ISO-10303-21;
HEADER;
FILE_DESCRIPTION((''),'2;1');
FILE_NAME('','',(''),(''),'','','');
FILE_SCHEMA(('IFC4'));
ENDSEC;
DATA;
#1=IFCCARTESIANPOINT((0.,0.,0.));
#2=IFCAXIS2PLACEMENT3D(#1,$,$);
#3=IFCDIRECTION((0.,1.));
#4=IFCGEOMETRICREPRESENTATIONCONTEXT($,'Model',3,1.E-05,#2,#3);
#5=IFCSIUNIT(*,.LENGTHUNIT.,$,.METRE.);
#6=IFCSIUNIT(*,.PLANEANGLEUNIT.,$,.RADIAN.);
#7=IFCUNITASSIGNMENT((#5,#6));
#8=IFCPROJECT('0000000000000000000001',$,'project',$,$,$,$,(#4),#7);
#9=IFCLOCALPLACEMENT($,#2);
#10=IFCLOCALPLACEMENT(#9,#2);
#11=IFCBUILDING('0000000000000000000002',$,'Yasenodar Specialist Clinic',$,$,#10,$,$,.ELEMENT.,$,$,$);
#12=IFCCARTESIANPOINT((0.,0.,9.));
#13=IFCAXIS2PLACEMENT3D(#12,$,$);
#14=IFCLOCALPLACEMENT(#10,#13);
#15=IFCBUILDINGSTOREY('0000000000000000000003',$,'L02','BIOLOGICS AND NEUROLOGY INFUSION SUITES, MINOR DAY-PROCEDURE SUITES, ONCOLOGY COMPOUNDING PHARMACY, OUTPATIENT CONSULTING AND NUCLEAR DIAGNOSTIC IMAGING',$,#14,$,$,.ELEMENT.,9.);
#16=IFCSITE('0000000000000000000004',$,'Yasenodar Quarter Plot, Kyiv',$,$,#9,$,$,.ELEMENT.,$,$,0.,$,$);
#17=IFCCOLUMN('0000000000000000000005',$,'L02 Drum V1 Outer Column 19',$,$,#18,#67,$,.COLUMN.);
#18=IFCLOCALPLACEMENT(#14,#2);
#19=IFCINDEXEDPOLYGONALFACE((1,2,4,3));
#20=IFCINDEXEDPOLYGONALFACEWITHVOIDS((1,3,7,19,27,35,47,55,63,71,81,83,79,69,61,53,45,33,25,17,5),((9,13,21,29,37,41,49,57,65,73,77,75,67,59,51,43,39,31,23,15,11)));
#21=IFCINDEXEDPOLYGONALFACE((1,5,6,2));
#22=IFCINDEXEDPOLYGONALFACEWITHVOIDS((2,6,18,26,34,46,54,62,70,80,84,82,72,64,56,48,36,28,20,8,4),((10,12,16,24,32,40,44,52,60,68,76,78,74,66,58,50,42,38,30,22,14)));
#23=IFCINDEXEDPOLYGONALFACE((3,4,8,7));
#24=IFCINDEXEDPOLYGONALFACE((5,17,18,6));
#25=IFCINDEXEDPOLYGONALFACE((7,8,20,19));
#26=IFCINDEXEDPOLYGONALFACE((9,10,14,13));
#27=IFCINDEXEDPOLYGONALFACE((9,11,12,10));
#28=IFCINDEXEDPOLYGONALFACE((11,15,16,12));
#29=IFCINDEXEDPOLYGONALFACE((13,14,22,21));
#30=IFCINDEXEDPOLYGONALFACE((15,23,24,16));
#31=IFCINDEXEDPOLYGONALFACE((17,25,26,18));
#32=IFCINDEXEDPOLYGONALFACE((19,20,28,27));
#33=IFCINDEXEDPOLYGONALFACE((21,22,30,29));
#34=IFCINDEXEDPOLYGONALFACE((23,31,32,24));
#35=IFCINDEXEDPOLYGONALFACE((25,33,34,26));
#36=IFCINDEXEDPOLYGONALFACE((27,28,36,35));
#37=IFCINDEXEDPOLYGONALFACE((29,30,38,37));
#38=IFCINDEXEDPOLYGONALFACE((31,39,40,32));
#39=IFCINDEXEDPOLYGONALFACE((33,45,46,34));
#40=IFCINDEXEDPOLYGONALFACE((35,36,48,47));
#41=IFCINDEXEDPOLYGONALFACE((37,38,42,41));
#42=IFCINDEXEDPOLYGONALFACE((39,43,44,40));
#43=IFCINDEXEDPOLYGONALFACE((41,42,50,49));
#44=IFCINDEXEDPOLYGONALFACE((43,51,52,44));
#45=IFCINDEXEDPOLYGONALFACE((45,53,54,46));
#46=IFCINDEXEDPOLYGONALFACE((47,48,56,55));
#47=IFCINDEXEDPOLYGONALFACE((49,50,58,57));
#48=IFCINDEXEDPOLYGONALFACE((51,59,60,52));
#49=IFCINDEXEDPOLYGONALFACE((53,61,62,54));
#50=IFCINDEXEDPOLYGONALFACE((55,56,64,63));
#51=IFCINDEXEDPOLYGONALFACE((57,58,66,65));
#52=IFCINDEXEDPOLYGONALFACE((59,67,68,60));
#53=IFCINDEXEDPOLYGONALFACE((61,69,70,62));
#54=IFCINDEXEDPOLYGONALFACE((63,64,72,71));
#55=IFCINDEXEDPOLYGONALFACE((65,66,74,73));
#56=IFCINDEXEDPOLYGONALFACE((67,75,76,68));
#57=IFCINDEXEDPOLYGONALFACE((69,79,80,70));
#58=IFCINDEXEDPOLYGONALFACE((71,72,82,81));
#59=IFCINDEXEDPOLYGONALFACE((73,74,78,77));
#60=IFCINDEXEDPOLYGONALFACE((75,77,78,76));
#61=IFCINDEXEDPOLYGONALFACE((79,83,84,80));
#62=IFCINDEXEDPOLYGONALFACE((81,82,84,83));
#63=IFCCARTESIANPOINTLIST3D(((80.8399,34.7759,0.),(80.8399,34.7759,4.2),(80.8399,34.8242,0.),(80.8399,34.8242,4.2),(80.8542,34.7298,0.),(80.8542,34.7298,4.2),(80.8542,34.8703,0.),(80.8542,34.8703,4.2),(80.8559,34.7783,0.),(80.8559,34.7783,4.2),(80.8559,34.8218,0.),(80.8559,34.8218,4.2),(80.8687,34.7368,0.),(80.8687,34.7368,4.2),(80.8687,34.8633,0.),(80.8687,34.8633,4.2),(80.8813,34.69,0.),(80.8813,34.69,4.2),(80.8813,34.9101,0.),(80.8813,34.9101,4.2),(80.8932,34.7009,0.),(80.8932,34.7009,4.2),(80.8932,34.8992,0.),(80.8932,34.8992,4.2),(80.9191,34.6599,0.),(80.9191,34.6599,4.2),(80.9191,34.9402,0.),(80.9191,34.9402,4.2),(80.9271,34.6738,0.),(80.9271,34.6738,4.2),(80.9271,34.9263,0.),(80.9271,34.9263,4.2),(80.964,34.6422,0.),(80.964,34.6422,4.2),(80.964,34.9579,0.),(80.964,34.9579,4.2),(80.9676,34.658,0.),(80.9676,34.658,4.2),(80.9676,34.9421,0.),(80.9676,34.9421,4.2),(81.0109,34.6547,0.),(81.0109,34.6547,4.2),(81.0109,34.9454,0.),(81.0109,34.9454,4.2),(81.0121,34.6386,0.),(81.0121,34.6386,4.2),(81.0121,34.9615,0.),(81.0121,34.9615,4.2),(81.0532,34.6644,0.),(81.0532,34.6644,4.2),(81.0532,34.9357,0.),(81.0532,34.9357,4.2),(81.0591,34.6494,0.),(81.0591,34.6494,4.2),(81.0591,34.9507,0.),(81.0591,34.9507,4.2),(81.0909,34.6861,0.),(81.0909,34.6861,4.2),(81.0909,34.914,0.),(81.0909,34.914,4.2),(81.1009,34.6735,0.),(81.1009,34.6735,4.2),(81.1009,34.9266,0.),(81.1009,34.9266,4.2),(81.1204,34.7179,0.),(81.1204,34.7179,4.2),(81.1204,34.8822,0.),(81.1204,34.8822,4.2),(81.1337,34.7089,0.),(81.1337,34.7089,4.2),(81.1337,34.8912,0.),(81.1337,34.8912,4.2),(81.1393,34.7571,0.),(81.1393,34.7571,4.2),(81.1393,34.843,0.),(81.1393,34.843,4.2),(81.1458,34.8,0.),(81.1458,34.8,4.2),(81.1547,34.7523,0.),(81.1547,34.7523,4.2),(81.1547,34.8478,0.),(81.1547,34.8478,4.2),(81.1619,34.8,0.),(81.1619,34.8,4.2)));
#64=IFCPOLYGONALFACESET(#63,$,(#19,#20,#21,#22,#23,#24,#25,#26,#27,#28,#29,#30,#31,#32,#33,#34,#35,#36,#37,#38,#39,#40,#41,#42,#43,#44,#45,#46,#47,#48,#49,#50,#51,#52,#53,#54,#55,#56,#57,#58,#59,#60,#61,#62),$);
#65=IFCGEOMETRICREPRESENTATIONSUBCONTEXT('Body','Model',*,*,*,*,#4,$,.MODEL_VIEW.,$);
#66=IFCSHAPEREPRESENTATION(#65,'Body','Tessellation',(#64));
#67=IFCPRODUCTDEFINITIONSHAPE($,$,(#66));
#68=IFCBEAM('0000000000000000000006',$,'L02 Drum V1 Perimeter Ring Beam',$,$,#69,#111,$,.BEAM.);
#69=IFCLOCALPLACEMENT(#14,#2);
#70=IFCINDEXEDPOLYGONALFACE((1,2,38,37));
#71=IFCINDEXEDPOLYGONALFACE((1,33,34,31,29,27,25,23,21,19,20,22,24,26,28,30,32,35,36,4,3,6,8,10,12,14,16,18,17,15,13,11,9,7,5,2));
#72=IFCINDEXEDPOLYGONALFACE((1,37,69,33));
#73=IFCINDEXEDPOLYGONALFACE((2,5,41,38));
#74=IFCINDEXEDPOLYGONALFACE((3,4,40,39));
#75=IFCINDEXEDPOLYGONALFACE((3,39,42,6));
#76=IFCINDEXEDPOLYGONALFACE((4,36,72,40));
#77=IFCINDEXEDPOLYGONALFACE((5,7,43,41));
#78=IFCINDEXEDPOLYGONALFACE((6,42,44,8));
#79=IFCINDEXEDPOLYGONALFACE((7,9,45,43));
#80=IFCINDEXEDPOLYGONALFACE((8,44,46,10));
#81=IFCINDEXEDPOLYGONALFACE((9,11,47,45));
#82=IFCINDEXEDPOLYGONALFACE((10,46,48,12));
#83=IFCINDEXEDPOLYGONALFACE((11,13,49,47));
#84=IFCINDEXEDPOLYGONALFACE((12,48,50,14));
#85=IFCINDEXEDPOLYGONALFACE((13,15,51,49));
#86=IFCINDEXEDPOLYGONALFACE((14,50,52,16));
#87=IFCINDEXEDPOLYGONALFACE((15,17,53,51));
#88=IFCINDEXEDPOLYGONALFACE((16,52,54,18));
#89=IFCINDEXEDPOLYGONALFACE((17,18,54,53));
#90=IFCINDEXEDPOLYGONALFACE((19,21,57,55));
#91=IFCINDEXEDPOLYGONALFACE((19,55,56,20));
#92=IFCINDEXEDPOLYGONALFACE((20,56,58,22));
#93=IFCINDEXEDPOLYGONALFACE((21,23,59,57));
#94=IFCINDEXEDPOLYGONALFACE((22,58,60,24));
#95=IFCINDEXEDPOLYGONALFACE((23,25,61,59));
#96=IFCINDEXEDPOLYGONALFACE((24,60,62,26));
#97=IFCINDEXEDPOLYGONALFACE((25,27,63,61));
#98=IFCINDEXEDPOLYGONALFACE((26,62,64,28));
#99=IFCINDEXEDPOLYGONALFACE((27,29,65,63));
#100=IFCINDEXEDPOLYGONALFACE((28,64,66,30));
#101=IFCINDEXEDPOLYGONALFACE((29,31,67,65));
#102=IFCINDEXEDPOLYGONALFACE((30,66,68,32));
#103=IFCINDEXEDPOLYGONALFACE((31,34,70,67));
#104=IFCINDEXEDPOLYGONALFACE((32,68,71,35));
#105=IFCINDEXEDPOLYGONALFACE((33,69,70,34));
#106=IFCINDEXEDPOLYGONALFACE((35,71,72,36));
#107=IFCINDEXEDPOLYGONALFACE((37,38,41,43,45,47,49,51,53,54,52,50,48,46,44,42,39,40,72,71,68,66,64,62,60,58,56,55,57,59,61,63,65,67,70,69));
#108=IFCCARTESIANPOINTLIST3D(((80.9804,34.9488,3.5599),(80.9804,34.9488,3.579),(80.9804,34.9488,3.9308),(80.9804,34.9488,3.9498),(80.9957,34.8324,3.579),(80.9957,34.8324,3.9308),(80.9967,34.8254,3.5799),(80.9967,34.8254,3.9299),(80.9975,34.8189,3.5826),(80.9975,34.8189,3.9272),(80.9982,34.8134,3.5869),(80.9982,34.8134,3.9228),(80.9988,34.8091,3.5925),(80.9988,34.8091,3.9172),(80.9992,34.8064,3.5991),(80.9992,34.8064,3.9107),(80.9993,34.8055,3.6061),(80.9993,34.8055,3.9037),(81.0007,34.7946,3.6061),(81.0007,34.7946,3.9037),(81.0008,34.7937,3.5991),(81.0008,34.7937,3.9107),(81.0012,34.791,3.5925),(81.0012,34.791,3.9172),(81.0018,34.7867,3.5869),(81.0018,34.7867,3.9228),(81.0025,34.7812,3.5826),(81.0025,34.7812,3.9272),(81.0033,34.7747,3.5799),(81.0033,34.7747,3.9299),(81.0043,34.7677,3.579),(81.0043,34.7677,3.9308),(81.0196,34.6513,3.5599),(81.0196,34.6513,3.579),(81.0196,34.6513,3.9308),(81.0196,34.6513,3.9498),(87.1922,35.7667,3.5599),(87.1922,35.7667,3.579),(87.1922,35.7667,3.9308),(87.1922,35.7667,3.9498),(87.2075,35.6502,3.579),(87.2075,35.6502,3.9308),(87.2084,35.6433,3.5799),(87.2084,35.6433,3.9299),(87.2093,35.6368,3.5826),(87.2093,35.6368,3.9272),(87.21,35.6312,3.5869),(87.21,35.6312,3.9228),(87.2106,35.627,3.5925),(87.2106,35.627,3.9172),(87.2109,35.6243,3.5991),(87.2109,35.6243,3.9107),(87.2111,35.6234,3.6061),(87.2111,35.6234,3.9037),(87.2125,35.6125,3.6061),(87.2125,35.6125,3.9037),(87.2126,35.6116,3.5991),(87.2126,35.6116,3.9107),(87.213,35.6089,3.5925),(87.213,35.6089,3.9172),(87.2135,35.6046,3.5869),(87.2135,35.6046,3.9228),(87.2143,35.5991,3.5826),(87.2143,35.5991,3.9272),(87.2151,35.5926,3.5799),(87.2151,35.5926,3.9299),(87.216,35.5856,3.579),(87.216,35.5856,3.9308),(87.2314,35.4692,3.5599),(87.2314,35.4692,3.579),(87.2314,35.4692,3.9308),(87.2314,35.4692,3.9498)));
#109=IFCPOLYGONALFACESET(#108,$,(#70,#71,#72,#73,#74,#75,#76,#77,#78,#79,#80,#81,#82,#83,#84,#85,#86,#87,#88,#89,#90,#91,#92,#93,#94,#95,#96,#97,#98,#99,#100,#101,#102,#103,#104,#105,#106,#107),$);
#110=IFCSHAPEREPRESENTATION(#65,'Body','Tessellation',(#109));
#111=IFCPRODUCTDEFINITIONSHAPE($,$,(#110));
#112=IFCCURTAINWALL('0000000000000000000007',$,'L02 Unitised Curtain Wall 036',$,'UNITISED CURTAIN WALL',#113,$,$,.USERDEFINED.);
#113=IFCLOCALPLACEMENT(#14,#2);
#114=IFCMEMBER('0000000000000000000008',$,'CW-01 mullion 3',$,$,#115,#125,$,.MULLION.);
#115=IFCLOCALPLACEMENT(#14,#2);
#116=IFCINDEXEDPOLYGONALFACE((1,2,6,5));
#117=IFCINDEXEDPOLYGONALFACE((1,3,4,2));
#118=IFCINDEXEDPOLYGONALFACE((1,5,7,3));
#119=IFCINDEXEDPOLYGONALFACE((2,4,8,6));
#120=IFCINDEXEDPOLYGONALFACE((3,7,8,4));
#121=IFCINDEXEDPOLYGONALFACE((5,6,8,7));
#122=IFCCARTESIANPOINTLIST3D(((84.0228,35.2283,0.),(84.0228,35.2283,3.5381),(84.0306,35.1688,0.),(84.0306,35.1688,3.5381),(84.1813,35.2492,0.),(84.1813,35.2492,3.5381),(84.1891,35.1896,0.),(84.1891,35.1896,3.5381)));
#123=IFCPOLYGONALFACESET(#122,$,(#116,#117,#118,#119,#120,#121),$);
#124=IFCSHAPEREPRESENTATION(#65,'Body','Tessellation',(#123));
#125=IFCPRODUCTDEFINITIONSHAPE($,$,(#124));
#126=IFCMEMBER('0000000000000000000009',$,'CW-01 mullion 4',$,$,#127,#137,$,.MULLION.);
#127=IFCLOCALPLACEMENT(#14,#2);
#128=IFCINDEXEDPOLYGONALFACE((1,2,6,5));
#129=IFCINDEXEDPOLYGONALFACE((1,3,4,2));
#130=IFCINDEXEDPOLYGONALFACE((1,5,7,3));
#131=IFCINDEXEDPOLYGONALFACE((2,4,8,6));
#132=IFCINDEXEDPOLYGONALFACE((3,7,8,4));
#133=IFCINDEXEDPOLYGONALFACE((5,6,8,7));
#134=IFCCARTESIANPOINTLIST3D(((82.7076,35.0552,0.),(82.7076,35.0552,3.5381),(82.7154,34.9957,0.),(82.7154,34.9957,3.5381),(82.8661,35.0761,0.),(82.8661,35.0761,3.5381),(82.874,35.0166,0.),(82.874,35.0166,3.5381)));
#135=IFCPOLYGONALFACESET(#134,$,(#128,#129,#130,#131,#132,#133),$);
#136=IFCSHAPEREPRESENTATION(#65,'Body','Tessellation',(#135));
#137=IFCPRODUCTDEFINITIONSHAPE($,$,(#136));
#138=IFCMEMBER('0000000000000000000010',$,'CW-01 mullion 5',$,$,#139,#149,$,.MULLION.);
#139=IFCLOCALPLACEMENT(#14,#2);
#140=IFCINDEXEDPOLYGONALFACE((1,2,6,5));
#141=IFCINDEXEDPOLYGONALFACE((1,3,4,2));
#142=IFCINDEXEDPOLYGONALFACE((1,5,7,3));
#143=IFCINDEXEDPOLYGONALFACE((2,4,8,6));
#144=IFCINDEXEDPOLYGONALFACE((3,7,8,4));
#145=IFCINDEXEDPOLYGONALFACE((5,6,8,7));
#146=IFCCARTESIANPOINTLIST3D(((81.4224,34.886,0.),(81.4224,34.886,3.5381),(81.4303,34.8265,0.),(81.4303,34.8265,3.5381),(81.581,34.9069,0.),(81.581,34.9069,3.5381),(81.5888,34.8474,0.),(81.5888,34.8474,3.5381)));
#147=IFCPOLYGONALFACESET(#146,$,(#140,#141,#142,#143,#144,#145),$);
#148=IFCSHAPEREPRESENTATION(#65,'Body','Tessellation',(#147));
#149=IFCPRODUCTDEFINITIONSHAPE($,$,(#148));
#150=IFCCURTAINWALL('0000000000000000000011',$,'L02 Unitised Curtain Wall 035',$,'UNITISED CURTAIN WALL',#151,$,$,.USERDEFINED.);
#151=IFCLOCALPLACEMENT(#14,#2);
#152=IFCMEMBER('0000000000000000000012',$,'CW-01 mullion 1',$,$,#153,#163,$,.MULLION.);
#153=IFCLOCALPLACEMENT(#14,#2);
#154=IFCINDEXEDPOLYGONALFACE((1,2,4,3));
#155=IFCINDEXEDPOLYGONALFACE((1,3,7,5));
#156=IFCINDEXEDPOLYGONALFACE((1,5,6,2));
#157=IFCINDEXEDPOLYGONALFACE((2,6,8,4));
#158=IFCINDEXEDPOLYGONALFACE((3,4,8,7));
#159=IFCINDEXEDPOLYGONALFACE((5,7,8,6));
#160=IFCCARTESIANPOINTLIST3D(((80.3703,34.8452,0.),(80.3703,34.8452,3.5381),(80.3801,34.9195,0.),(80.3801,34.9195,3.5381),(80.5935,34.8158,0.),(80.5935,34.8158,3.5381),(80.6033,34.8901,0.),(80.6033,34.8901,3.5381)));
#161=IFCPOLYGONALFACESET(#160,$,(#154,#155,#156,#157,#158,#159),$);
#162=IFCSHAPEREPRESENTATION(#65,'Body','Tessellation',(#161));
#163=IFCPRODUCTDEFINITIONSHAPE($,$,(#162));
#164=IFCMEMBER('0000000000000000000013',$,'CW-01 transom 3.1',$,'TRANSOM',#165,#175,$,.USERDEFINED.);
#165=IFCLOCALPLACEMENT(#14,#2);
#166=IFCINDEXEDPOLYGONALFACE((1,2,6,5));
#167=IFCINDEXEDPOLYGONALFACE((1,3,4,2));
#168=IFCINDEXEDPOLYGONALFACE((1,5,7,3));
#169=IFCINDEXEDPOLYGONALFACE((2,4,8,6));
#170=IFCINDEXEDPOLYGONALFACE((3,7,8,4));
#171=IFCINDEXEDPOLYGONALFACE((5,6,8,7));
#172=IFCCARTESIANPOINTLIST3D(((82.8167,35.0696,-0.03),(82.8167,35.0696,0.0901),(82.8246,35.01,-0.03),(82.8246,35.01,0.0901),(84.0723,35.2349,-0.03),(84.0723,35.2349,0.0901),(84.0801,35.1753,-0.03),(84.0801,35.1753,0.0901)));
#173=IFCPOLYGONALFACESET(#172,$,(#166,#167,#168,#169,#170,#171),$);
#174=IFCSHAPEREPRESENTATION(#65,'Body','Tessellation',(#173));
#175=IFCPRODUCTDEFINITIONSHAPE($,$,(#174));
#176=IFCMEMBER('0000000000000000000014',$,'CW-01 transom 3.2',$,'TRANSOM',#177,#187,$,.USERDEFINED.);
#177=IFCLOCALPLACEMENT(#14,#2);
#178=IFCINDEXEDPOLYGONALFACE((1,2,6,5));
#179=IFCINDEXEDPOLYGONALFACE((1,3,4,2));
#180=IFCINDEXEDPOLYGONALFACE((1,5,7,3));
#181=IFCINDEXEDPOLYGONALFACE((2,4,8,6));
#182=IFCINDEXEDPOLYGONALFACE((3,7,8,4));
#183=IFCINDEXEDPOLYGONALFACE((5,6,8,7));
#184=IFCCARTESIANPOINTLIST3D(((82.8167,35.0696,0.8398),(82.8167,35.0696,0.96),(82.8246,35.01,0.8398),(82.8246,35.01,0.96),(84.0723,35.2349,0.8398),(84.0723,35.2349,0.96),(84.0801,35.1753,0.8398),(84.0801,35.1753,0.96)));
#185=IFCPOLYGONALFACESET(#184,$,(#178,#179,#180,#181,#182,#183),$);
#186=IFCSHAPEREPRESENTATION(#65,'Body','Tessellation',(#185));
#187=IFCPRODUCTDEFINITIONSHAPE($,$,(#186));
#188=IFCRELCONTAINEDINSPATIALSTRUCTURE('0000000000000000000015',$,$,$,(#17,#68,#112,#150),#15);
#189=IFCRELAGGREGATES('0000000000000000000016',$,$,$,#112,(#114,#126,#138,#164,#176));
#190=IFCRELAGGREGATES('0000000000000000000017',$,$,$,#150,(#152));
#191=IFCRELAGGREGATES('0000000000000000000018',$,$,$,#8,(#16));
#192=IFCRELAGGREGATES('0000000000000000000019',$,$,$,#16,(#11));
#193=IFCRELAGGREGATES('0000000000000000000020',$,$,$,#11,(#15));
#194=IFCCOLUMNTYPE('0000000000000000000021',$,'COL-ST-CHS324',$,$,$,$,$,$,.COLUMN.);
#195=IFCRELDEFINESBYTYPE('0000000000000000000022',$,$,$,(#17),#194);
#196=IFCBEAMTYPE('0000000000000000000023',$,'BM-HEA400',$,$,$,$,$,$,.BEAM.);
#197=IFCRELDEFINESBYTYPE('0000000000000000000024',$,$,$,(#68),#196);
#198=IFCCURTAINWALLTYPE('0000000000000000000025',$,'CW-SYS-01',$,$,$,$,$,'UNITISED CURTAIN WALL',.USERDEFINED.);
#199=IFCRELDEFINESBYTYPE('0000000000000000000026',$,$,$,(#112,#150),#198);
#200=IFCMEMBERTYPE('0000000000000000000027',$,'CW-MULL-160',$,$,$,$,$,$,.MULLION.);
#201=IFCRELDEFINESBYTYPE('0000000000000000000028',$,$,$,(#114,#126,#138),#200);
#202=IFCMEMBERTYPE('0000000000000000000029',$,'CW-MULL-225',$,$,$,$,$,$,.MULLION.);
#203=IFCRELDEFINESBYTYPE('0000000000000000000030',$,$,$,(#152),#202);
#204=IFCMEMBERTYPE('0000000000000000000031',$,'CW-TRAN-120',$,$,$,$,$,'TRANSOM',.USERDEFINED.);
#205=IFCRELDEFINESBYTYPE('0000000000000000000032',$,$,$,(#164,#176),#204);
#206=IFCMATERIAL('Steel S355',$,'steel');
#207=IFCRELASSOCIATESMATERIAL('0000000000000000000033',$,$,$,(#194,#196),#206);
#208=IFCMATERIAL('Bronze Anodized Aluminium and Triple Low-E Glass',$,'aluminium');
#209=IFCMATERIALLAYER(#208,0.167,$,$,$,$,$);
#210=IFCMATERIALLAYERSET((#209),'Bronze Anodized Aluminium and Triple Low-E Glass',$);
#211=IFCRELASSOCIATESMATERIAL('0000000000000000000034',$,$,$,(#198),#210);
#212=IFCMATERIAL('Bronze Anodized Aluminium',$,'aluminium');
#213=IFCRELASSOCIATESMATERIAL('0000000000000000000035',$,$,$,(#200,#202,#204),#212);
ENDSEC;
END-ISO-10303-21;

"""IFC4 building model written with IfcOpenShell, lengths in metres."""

from ifc_helpers import new_model, si_unit, direction, frame, origin, origin_2d, place, context, subcontext, project, spatial, rectangle, hollow_circle, i_section, extrude, material, layer, layer_set, material_profile, profile_set, type_object, element, aggregate, save


model = new_model("IFC4")

# Units and contexts
model_context = context("Model", 3, precision=1e-05, world=origin(), true_north=direction((0.0, 1.0)))
body_context = subcontext(model_context, "Body", "Model", "MODEL_VIEW")
ifc_project = project(units=[si_unit("LENGTHUNIT", "METRE"), si_unit("PLANEANGLEUNIT", "RADIAN")], contexts=[model_context])

# Site, building, storey
site_placement = place(None, origin())
site = spatial("IfcSite", under=ifc_project, at=site_placement, Name="Yasenodar Quarter Plot, Kyiv", CompositionType="ELEMENT", RefElevation=0.0)
building_placement = place(site_placement, origin())
building = spatial("IfcBuilding", under=site, at=building_placement, Name="Yasenodar Specialist Clinic", CompositionType="ELEMENT")
storey_placement = place(building_placement, frame((0.0, 0.0, 9.0)))
storey = spatial("IfcBuildingStorey", under=building, at=storey_placement, Name="L02", Description="BIOLOGICS AND NEUROLOGY INFUSION SUITES, MINOR DAY-PROCEDURE SUITES, ONCOLOGY COMPOUNDING PHARMACY, OUTPATIENT CONSULTING AND NUCLEAR DIAGNOSTIC IMAGING", CompositionType="ELEMENT", Elevation=9.0)

# Column
ifc_material_1 = material(Name="Steel S355", Category="steel")
ifc_material_profile_1 = material_profile(ifc_material_1, hollow_circle(Radius=0.1619, WallThickness=0.0161, at=origin_2d()), Name="CHS 323.9x16")
ifc_profile_set_1 = profile_set([ifc_material_profile_1], Name="Steel S355")
column_type = type_object("IfcColumnType", Name="COL-ST-CHS324", PredefinedType="COLUMN", material=ifc_profile_set_1)
column_placement = place(storey_placement, frame((81.0, 34.8, 0.0), z_axis=(0.0, 0.0, 1.0), x_axis=(1.0, 0.0, 0.0)))
element("IfcColumn", 1, at=column_placement, inside=storey, type_object=column_type, Name="L02 Drum V1 Outer Column 19", PredefinedType="COLUMN", context=body_context, shape_type="SweptSolid", body=[
    extrude(hollow_circle(Radius=0.1619, WallThickness=0.0161, at=origin_2d()), origin(), (0.0, 0.0, 1.0), 4.2),
])

# Beam
ifc_material_profile_2 = material_profile(ifc_material_1, i_section(OverallWidth=0.3, OverallDepth=0.3899, WebThickness=0.011, FlangeThickness=0.019, FilletRadius=0.0271, at=origin_2d()), Name="HEA 400")
ifc_profile_set_2 = profile_set([ifc_material_profile_2], Name="Steel S355")
beam_type = type_object("IfcBeamType", Name="BM-HEA400", PredefinedType="BEAM", material=ifc_profile_set_2)
beam_placement = place(storey_placement, frame((81.0, 34.8, 3.7549), z_axis=(0.991443, 0.13054, 0.0), x_axis=(-0.13054, 0.991443, 0.0)))
element("IfcBeam", 2, at=beam_placement, inside=storey, type_object=beam_type, Name="L02 Drum V1 Perimeter Ring Beam", PredefinedType="BEAM", context=body_context, shape_type="SweptSolid", body=[
    extrude(i_section(OverallWidth=0.3, OverallDepth=0.3899, WebThickness=0.011, FlangeThickness=0.019, FilletRadius=0.0271, at=origin_2d()), origin(), (0.0, 0.0, 1.0), 6.2654),
])

# Curtain wall, members
ifc_material_2 = material(Name="Bronze Anodized Aluminium and Triple Low-E Glass", Category="aluminium")
ifc_layer_1 = layer(ifc_material_2, 0.167)
ifc_layer_set_1 = layer_set([ifc_layer_1], Name="Bronze Anodized Aluminium and Triple Low-E Glass")
curtain_wall_type = type_object("IfcCurtainWallType", Name="CW-SYS-01", ElementType="UNITISED CURTAIN WALL", PredefinedType="USERDEFINED", material=ifc_layer_set_1)
curtain_wall_1_placement = place(storey_placement, origin())
curtain_wall_1 = element("IfcCurtainWall", 3, at=curtain_wall_1_placement, inside=storey, type_object=curtain_wall_type, Name="L02 Unitised Curtain Wall 036", ObjectType="UNITISED CURTAIN WALL", PredefinedType="USERDEFINED")
ifc_material_3 = material(Name="Bronze Anodized Aluminium", Category="aluminium")
ifc_material_profile_3 = material_profile(ifc_material_3, rectangle(XDim=0.0601, YDim=0.1599, at=origin_2d()), Name="CW-MULL 60x160")
ifc_profile_set_3 = profile_set([ifc_material_profile_3], Name="Bronze Anodized Aluminium")
member_type_1 = type_object("IfcMemberType", Name="CW-MULL-160", PredefinedType="MULLION", material=ifc_profile_set_3)
member_1_placement = place(storey_placement, frame((84.106, 35.209, 0.0), z_axis=(0.0, 0.0, 1.0), x_axis=(0.130512, -0.991447, 0.0)))
member_1 = element("IfcMember", 4, at=member_1_placement, type_object=member_type_1, Name="CW-01 mullion 3", PredefinedType="MULLION", context=body_context, shape_type="SweptSolid", body=[
    extrude(rectangle(XDim=0.0601, YDim=0.1599, at=origin_2d()), origin(), (0.0, 0.0, 1.0), 3.5381),
])
member_2_placement = place(storey_placement, frame((82.7908, 35.0359, 0.0), z_axis=(0.0, 0.0, 1.0), x_axis=(0.130512, -0.991447, 0.0)))
member_2 = element("IfcMember", 5, at=member_2_placement, type_object=member_type_1, Name="CW-01 mullion 4", PredefinedType="MULLION", context=body_context, shape_type="SweptSolid", body=[
    extrude(rectangle(XDim=0.0601, YDim=0.1599, at=origin_2d()), origin(), (0.0, 0.0, 1.0), 3.5381),
])
member_3_placement = place(storey_placement, frame((81.5056, 34.8667, 0.0), z_axis=(0.0, 0.0, 1.0), x_axis=(0.130512, -0.991447, 0.0)))
member_3 = element("IfcMember", 6, at=member_3_placement, type_object=member_type_1, Name="CW-01 mullion 5", PredefinedType="MULLION", context=body_context, shape_type="SweptSolid", body=[
    extrude(rectangle(XDim=0.0601, YDim=0.1599, at=origin_2d()), origin(), (0.0, 0.0, 1.0), 3.5381),
])

# Curtain wall, member
curtain_wall_2_placement = place(storey_placement, origin())
curtain_wall_2 = element("IfcCurtainWall", 7, at=curtain_wall_2_placement, inside=storey, type_object=curtain_wall_type, Name="L02 Unitised Curtain Wall 035", ObjectType="UNITISED CURTAIN WALL", PredefinedType="USERDEFINED")
ifc_material_profile_4 = material_profile(ifc_material_3, rectangle(XDim=0.075, YDim=0.2251, at=origin_2d()), Name="CW-MULL 75x225")
ifc_profile_set_4 = profile_set([ifc_material_profile_4], Name="Bronze Anodized Aluminium")
member_type_2 = type_object("IfcMemberType", Name="CW-MULL-225", PredefinedType="MULLION", material=ifc_profile_set_4)
member_4_placement = place(storey_placement, frame((80.4868, 34.8677, 0.0), z_axis=(0.0, 0.0, 1.0), x_axis=(-0.130512, -0.991447, 0.0)))
member_4 = element("IfcMember", 8, at=member_4_placement, type_object=member_type_2, Name="CW-01 mullion 1", PredefinedType="MULLION", context=body_context, shape_type="SweptSolid", body=[
    extrude(rectangle(XDim=0.075, YDim=0.2251, at=origin_2d()), origin(), (0.0, 0.0, 1.0), 3.5381),
])

# Members
ifc_material_profile_5 = material_profile(ifc_material_3, rectangle(XDim=0.0601, YDim=0.1201, at=origin_2d()), Name="CW-TRAN 60x120")
ifc_profile_set_5 = profile_set([ifc_material_profile_5], Name="Bronze Anodized Aluminium")
member_type_3 = type_object("IfcMemberType", Name="CW-TRAN-120", ElementType="TRANSOM", PredefinedType="USERDEFINED", material=ifc_profile_set_5)
member_5_placement = place(storey_placement, frame((84.0762, 35.2051, 0.03), z_axis=(-0.991447, -0.130509, 0.0), x_axis=(0.130509, -0.991447, 0.0)))
member_5 = element("IfcMember", 9, at=member_5_placement, type_object=member_type_3, Name="CW-01 transom 3.1", ObjectType="TRANSOM", PredefinedType="USERDEFINED", context=body_context, shape_type="SweptSolid", body=[
    extrude(rectangle(XDim=0.0601, YDim=0.1201, at=origin_2d()), origin(), (0.0, 0.0, 1.0), 1.2664),
])
member_6_placement = place(storey_placement, frame((84.0762, 35.2051, 0.8999), z_axis=(-0.991447, -0.130509, 0.0), x_axis=(0.130509, -0.991447, 0.0)))
member_6 = element("IfcMember", 10, at=member_6_placement, type_object=member_type_3, Name="CW-01 transom 3.2", ObjectType="TRANSOM", PredefinedType="USERDEFINED", context=body_context, shape_type="SweptSolid", body=[
    extrude(rectangle(XDim=0.0601, YDim=0.1201, at=origin_2d()), origin(), (0.0, 0.0, 1.0), 1.2664),
])

aggregate(curtain_wall_1, [member_1, member_2, member_3, member_5, member_6])
aggregate(curtain_wall_2, [member_4])

save(model, "model.ifc")
